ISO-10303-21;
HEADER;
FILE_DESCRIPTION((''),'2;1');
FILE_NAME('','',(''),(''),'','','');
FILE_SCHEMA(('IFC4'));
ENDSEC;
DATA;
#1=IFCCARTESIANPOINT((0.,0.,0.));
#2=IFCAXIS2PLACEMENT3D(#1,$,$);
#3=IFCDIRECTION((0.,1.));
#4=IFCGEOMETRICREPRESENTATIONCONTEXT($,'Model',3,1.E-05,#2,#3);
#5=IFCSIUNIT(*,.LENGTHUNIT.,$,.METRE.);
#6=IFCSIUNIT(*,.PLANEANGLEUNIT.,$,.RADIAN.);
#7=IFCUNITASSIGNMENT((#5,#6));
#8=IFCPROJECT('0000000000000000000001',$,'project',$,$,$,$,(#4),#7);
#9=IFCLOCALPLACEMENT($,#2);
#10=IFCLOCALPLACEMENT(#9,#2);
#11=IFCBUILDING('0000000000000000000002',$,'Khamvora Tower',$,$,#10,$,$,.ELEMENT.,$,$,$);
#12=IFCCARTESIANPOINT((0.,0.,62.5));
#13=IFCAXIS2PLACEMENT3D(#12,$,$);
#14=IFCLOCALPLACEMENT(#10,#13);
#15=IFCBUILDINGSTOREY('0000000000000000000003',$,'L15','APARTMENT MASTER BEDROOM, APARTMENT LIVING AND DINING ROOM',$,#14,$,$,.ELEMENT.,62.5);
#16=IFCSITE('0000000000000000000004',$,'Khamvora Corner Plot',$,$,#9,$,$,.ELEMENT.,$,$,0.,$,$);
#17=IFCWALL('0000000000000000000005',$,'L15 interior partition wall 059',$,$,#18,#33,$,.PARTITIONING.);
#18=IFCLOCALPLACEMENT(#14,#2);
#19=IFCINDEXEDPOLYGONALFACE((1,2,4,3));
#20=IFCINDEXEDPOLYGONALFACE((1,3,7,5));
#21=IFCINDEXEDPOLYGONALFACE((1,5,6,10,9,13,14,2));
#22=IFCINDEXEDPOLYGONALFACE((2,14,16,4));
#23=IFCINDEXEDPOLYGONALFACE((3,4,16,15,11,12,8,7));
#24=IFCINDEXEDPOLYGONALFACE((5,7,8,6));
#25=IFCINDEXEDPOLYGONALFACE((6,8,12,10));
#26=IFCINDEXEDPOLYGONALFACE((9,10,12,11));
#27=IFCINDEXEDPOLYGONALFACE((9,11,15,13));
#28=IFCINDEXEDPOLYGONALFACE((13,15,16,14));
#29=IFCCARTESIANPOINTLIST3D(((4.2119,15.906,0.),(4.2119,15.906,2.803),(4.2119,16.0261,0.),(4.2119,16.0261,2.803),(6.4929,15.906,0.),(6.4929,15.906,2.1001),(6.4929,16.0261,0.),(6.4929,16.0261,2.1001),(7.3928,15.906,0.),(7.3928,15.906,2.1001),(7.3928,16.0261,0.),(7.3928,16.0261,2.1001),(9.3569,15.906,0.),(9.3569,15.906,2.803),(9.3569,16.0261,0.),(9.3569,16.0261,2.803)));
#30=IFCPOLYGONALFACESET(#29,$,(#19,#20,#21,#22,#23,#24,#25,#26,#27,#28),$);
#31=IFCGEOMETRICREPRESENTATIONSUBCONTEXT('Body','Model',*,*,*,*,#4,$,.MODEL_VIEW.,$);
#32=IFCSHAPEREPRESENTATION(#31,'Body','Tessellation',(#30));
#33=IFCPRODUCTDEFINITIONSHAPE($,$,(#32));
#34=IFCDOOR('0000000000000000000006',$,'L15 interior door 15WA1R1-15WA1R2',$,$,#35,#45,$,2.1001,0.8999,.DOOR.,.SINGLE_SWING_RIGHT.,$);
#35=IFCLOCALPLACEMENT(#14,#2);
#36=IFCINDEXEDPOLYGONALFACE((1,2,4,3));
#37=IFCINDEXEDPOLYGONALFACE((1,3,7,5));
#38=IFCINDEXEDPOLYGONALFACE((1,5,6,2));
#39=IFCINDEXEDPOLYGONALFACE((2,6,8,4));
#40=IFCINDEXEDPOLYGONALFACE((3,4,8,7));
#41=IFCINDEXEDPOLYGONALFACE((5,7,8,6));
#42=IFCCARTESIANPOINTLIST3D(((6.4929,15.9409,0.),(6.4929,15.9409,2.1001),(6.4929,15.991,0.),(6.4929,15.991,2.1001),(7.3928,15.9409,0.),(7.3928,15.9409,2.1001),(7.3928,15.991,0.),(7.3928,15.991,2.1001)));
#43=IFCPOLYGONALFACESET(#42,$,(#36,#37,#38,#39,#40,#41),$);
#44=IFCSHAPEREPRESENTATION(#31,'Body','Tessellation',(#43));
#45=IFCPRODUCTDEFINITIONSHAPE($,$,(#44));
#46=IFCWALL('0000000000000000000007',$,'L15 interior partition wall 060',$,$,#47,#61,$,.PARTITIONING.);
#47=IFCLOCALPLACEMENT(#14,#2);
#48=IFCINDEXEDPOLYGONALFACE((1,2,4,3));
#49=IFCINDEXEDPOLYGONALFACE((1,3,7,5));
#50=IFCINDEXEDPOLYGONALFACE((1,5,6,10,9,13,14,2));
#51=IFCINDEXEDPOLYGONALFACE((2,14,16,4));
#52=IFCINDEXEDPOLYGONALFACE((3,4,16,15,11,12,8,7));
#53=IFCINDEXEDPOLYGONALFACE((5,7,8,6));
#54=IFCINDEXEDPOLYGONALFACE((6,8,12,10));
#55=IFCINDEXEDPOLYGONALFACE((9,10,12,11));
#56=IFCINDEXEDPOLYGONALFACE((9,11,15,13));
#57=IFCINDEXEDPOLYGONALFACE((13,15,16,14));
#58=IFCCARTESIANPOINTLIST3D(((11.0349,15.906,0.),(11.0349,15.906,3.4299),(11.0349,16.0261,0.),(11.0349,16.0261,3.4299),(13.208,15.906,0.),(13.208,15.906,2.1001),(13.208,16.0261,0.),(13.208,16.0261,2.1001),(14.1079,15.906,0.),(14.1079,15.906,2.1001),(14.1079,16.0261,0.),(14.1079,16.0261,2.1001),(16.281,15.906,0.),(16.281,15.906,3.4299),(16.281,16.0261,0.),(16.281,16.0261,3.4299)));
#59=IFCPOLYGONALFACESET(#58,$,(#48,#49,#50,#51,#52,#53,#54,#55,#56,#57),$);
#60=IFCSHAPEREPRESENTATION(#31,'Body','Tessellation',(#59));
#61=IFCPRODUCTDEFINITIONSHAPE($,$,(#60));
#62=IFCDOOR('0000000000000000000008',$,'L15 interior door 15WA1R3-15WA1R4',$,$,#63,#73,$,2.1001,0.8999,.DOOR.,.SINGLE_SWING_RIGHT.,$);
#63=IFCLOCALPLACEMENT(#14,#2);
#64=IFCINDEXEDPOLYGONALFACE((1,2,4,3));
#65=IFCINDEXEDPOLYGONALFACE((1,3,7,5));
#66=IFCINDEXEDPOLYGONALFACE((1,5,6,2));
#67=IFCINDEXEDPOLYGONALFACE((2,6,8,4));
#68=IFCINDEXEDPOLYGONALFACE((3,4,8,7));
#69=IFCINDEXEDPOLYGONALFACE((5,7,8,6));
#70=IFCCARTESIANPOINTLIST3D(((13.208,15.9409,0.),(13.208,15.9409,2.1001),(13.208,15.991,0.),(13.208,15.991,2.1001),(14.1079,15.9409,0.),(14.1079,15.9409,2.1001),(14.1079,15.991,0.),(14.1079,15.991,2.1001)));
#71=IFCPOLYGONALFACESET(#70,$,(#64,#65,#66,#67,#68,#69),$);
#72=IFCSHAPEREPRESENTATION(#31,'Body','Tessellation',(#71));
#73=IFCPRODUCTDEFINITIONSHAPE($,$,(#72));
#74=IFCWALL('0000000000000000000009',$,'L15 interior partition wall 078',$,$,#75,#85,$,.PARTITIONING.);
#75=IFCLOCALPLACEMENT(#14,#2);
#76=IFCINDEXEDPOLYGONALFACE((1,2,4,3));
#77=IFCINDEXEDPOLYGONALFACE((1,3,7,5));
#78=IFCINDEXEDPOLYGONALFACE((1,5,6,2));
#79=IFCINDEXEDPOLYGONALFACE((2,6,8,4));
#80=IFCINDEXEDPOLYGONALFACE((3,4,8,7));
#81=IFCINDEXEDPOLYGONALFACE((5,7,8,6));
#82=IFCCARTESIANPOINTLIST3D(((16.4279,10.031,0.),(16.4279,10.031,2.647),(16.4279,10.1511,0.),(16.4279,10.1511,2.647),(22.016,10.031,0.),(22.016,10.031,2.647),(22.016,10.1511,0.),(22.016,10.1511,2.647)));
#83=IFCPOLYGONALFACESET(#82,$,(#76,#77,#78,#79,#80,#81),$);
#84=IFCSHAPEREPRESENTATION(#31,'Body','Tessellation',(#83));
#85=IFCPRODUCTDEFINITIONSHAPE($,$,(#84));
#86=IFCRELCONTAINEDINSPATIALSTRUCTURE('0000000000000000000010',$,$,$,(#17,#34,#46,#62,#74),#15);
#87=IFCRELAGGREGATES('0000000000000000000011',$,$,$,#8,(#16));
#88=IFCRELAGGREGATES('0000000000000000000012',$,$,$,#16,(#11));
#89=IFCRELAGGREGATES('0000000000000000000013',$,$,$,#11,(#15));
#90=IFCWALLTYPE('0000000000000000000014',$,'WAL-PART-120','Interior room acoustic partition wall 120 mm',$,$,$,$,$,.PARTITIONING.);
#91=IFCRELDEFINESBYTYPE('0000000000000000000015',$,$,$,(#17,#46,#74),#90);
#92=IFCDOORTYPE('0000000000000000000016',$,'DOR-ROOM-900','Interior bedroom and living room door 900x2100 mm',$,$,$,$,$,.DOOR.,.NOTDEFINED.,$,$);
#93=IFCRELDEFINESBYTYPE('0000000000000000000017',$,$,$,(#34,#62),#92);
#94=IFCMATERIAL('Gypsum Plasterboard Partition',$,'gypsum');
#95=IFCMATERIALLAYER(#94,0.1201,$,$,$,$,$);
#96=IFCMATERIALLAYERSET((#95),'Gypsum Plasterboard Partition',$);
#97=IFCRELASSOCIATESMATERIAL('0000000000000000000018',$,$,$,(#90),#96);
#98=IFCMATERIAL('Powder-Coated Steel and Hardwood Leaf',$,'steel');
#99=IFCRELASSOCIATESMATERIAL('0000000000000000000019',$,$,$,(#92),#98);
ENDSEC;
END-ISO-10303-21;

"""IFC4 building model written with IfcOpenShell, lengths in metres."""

from ifc_helpers import new_model, si_unit, direction, frame, frame_2d, origin, place, context, subcontext, project, spatial, rectangle, extrude, material, layer, layer_set, type_object, element, fill, save


model = new_model("IFC4")

# Units and contexts
model_context = context("Model", 3, precision=1e-05, world=origin(), true_north=direction((0.0, 1.0)))
body_context = subcontext(model_context, "Body", "Model", "MODEL_VIEW")
ifc_project = project(units=[si_unit("LENGTHUNIT", "METRE"), si_unit("PLANEANGLEUNIT", "RADIAN")], contexts=[model_context])

# Site, building, storey
site_placement = place(None, origin())
site = spatial("IfcSite", under=ifc_project, at=site_placement, Name="Khamvora Corner Plot", CompositionType="ELEMENT", RefElevation=0.0)
building_placement = place(site_placement, origin())
building = spatial("IfcBuilding", under=site, at=building_placement, Name="Khamvora Tower", CompositionType="ELEMENT")
storey_placement = place(building_placement, frame((0.0, 0.0, 62.5)))
storey = spatial("IfcBuildingStorey", under=building, at=storey_placement, Name="L15", Description="APARTMENT MASTER BEDROOM, APARTMENT LIVING AND DINING ROOM", CompositionType="ELEMENT", Elevation=62.5)

# Walls, openings, doors
ifc_material_1 = material(Name="Gypsum Plasterboard Partition", Category="gypsum")
ifc_layer_1 = layer(ifc_material_1, 0.1201)
ifc_layer_set_1 = layer_set([ifc_layer_1], Name="Gypsum Plasterboard Partition")
wall_type_1 = type_object("IfcWallType", Name="WAL-PART-120", Description="Interior room acoustic partition wall 120 mm", PredefinedType="PARTITIONING", material=ifc_layer_set_1)
ifc_material_2 = material(Name="Powder-Coated Steel and Hardwood Leaf", Category="steel")
door_type = type_object("IfcDoorType", Name="DOR-ROOM-900", Description="Interior bedroom and living room door 900x2100 mm", OperationType="NOTDEFINED", PredefinedType="DOOR", material=ifc_material_2)
wall_1_placement = place(storey_placement, frame((4.2119, 15.9661, 0.0), z_axis=(0.0, 0.0, 1.0), x_axis=(1.0, 0.0, 0.0)))
wall_1 = element("IfcWall", 1, at=wall_1_placement, inside=storey, type_object=wall_type_1, Name="L15 interior partition wall 059", PredefinedType="PARTITIONING", context=body_context, shape_type="SweptSolid", body=[
    extrude(rectangle(XDim=5.145, YDim=0.1201, at=frame_2d((2.5725, 0.0))), origin(), (0.0, 0.0, 1.0), 2.803),
])
opening_1_placement = place(wall_1_placement, frame((2.281, 0.0, 0.0)))
opening_1 = element("IfcOpeningElement", 2, at=opening_1_placement, cuts=wall_1, PredefinedType="OPENING", context=body_context, shape_type="SweptSolid", body=[
    extrude(rectangle(XDim=0.8999, YDim=2.1001, at=frame_2d((0.45, 1.05))), frame((0.0, 0.0701, 0.0), z_axis=(0.0, -1.0, 0.0), x_axis=(1.0, 0.0, 0.0)), (0.0, 0.0, 1.0), 0.1401),
])
door_1_placement = place(opening_1_placement, origin())
door_1 = element("IfcDoor", 3, at=door_1_placement, inside=storey, type_object=door_type, Name="L15 interior door 15WA1R1-15WA1R2", OperationType="SINGLE_SWING_RIGHT", OverallHeight=2.1001, OverallWidth=0.8999, PredefinedType="DOOR", context=body_context, shape_type="SweptSolid", body=[
    extrude(rectangle(XDim=0.8999, YDim=2.1001, at=frame_2d((0.45, 1.05))), frame((0.0, 0.0249, 0.0), z_axis=(0.0, -1.0, 0.0), x_axis=(1.0, 0.0, 0.0)), (0.0, 0.0, 1.0), 0.05),
])
fill(opening_1, door_1)
wall_2_placement = place(storey_placement, frame((11.0349, 15.9661, 0.0), z_axis=(0.0, 0.0, 1.0), x_axis=(1.0, 0.0, 0.0)))
wall_2 = element("IfcWall", 4, at=wall_2_placement, inside=storey, type_object=wall_type_1, Name="L15 interior partition wall 060", PredefinedType="PARTITIONING", context=body_context, shape_type="SweptSolid", body=[
    extrude(rectangle(XDim=5.2461, YDim=0.1201, at=frame_2d((2.623, 0.0))), origin(), (0.0, 0.0, 1.0), 3.4299),
])
opening_2_placement = place(wall_2_placement, frame((2.1731, 0.0, 0.0)))
opening_2 = element("IfcOpeningElement", 5, at=opening_2_placement, cuts=wall_2, PredefinedType="OPENING", context=body_context, shape_type="SweptSolid", body=[
    extrude(rectangle(XDim=0.8999, YDim=2.1001, at=frame_2d((0.45, 1.05))), frame((0.0, 0.0701, 0.0), z_axis=(0.0, -1.0, 0.0), x_axis=(1.0, 0.0, 0.0)), (0.0, 0.0, 1.0), 0.1401),
])
door_2_placement = place(opening_2_placement, origin())
door_2 = element("IfcDoor", 6, at=door_2_placement, inside=storey, type_object=door_type, Name="L15 interior door 15WA1R3-15WA1R4", OperationType="SINGLE_SWING_RIGHT", OverallHeight=2.1001, OverallWidth=0.8999, PredefinedType="DOOR", context=body_context, shape_type="SweptSolid", body=[
    extrude(rectangle(XDim=0.8999, YDim=2.1001, at=frame_2d((0.45, 1.05))), frame((0.0, 0.0249, 0.0), z_axis=(0.0, -1.0, 0.0), x_axis=(1.0, 0.0, 0.0)), (0.0, 0.0, 1.0), 0.05),
])
fill(opening_2, door_2)

# Wall
wall_3_placement = place(storey_placement, frame((16.428, 10.0911, 0.0), z_axis=(0.0, 0.0, 1.0), x_axis=(1.0, 0.0, 0.0)))
element("IfcWall", 7, at=wall_3_placement, inside=storey, type_object=wall_type_1, Name="L15 interior partition wall 078", PredefinedType="PARTITIONING", context=body_context, shape_type="SweptSolid", body=[
    extrude(rectangle(XDim=5.5881, YDim=0.1201, at=frame_2d((2.7939, 0.0))), origin(), (0.0, 0.0, 1.0), 2.647),
])

save(model, "model.ifc")
